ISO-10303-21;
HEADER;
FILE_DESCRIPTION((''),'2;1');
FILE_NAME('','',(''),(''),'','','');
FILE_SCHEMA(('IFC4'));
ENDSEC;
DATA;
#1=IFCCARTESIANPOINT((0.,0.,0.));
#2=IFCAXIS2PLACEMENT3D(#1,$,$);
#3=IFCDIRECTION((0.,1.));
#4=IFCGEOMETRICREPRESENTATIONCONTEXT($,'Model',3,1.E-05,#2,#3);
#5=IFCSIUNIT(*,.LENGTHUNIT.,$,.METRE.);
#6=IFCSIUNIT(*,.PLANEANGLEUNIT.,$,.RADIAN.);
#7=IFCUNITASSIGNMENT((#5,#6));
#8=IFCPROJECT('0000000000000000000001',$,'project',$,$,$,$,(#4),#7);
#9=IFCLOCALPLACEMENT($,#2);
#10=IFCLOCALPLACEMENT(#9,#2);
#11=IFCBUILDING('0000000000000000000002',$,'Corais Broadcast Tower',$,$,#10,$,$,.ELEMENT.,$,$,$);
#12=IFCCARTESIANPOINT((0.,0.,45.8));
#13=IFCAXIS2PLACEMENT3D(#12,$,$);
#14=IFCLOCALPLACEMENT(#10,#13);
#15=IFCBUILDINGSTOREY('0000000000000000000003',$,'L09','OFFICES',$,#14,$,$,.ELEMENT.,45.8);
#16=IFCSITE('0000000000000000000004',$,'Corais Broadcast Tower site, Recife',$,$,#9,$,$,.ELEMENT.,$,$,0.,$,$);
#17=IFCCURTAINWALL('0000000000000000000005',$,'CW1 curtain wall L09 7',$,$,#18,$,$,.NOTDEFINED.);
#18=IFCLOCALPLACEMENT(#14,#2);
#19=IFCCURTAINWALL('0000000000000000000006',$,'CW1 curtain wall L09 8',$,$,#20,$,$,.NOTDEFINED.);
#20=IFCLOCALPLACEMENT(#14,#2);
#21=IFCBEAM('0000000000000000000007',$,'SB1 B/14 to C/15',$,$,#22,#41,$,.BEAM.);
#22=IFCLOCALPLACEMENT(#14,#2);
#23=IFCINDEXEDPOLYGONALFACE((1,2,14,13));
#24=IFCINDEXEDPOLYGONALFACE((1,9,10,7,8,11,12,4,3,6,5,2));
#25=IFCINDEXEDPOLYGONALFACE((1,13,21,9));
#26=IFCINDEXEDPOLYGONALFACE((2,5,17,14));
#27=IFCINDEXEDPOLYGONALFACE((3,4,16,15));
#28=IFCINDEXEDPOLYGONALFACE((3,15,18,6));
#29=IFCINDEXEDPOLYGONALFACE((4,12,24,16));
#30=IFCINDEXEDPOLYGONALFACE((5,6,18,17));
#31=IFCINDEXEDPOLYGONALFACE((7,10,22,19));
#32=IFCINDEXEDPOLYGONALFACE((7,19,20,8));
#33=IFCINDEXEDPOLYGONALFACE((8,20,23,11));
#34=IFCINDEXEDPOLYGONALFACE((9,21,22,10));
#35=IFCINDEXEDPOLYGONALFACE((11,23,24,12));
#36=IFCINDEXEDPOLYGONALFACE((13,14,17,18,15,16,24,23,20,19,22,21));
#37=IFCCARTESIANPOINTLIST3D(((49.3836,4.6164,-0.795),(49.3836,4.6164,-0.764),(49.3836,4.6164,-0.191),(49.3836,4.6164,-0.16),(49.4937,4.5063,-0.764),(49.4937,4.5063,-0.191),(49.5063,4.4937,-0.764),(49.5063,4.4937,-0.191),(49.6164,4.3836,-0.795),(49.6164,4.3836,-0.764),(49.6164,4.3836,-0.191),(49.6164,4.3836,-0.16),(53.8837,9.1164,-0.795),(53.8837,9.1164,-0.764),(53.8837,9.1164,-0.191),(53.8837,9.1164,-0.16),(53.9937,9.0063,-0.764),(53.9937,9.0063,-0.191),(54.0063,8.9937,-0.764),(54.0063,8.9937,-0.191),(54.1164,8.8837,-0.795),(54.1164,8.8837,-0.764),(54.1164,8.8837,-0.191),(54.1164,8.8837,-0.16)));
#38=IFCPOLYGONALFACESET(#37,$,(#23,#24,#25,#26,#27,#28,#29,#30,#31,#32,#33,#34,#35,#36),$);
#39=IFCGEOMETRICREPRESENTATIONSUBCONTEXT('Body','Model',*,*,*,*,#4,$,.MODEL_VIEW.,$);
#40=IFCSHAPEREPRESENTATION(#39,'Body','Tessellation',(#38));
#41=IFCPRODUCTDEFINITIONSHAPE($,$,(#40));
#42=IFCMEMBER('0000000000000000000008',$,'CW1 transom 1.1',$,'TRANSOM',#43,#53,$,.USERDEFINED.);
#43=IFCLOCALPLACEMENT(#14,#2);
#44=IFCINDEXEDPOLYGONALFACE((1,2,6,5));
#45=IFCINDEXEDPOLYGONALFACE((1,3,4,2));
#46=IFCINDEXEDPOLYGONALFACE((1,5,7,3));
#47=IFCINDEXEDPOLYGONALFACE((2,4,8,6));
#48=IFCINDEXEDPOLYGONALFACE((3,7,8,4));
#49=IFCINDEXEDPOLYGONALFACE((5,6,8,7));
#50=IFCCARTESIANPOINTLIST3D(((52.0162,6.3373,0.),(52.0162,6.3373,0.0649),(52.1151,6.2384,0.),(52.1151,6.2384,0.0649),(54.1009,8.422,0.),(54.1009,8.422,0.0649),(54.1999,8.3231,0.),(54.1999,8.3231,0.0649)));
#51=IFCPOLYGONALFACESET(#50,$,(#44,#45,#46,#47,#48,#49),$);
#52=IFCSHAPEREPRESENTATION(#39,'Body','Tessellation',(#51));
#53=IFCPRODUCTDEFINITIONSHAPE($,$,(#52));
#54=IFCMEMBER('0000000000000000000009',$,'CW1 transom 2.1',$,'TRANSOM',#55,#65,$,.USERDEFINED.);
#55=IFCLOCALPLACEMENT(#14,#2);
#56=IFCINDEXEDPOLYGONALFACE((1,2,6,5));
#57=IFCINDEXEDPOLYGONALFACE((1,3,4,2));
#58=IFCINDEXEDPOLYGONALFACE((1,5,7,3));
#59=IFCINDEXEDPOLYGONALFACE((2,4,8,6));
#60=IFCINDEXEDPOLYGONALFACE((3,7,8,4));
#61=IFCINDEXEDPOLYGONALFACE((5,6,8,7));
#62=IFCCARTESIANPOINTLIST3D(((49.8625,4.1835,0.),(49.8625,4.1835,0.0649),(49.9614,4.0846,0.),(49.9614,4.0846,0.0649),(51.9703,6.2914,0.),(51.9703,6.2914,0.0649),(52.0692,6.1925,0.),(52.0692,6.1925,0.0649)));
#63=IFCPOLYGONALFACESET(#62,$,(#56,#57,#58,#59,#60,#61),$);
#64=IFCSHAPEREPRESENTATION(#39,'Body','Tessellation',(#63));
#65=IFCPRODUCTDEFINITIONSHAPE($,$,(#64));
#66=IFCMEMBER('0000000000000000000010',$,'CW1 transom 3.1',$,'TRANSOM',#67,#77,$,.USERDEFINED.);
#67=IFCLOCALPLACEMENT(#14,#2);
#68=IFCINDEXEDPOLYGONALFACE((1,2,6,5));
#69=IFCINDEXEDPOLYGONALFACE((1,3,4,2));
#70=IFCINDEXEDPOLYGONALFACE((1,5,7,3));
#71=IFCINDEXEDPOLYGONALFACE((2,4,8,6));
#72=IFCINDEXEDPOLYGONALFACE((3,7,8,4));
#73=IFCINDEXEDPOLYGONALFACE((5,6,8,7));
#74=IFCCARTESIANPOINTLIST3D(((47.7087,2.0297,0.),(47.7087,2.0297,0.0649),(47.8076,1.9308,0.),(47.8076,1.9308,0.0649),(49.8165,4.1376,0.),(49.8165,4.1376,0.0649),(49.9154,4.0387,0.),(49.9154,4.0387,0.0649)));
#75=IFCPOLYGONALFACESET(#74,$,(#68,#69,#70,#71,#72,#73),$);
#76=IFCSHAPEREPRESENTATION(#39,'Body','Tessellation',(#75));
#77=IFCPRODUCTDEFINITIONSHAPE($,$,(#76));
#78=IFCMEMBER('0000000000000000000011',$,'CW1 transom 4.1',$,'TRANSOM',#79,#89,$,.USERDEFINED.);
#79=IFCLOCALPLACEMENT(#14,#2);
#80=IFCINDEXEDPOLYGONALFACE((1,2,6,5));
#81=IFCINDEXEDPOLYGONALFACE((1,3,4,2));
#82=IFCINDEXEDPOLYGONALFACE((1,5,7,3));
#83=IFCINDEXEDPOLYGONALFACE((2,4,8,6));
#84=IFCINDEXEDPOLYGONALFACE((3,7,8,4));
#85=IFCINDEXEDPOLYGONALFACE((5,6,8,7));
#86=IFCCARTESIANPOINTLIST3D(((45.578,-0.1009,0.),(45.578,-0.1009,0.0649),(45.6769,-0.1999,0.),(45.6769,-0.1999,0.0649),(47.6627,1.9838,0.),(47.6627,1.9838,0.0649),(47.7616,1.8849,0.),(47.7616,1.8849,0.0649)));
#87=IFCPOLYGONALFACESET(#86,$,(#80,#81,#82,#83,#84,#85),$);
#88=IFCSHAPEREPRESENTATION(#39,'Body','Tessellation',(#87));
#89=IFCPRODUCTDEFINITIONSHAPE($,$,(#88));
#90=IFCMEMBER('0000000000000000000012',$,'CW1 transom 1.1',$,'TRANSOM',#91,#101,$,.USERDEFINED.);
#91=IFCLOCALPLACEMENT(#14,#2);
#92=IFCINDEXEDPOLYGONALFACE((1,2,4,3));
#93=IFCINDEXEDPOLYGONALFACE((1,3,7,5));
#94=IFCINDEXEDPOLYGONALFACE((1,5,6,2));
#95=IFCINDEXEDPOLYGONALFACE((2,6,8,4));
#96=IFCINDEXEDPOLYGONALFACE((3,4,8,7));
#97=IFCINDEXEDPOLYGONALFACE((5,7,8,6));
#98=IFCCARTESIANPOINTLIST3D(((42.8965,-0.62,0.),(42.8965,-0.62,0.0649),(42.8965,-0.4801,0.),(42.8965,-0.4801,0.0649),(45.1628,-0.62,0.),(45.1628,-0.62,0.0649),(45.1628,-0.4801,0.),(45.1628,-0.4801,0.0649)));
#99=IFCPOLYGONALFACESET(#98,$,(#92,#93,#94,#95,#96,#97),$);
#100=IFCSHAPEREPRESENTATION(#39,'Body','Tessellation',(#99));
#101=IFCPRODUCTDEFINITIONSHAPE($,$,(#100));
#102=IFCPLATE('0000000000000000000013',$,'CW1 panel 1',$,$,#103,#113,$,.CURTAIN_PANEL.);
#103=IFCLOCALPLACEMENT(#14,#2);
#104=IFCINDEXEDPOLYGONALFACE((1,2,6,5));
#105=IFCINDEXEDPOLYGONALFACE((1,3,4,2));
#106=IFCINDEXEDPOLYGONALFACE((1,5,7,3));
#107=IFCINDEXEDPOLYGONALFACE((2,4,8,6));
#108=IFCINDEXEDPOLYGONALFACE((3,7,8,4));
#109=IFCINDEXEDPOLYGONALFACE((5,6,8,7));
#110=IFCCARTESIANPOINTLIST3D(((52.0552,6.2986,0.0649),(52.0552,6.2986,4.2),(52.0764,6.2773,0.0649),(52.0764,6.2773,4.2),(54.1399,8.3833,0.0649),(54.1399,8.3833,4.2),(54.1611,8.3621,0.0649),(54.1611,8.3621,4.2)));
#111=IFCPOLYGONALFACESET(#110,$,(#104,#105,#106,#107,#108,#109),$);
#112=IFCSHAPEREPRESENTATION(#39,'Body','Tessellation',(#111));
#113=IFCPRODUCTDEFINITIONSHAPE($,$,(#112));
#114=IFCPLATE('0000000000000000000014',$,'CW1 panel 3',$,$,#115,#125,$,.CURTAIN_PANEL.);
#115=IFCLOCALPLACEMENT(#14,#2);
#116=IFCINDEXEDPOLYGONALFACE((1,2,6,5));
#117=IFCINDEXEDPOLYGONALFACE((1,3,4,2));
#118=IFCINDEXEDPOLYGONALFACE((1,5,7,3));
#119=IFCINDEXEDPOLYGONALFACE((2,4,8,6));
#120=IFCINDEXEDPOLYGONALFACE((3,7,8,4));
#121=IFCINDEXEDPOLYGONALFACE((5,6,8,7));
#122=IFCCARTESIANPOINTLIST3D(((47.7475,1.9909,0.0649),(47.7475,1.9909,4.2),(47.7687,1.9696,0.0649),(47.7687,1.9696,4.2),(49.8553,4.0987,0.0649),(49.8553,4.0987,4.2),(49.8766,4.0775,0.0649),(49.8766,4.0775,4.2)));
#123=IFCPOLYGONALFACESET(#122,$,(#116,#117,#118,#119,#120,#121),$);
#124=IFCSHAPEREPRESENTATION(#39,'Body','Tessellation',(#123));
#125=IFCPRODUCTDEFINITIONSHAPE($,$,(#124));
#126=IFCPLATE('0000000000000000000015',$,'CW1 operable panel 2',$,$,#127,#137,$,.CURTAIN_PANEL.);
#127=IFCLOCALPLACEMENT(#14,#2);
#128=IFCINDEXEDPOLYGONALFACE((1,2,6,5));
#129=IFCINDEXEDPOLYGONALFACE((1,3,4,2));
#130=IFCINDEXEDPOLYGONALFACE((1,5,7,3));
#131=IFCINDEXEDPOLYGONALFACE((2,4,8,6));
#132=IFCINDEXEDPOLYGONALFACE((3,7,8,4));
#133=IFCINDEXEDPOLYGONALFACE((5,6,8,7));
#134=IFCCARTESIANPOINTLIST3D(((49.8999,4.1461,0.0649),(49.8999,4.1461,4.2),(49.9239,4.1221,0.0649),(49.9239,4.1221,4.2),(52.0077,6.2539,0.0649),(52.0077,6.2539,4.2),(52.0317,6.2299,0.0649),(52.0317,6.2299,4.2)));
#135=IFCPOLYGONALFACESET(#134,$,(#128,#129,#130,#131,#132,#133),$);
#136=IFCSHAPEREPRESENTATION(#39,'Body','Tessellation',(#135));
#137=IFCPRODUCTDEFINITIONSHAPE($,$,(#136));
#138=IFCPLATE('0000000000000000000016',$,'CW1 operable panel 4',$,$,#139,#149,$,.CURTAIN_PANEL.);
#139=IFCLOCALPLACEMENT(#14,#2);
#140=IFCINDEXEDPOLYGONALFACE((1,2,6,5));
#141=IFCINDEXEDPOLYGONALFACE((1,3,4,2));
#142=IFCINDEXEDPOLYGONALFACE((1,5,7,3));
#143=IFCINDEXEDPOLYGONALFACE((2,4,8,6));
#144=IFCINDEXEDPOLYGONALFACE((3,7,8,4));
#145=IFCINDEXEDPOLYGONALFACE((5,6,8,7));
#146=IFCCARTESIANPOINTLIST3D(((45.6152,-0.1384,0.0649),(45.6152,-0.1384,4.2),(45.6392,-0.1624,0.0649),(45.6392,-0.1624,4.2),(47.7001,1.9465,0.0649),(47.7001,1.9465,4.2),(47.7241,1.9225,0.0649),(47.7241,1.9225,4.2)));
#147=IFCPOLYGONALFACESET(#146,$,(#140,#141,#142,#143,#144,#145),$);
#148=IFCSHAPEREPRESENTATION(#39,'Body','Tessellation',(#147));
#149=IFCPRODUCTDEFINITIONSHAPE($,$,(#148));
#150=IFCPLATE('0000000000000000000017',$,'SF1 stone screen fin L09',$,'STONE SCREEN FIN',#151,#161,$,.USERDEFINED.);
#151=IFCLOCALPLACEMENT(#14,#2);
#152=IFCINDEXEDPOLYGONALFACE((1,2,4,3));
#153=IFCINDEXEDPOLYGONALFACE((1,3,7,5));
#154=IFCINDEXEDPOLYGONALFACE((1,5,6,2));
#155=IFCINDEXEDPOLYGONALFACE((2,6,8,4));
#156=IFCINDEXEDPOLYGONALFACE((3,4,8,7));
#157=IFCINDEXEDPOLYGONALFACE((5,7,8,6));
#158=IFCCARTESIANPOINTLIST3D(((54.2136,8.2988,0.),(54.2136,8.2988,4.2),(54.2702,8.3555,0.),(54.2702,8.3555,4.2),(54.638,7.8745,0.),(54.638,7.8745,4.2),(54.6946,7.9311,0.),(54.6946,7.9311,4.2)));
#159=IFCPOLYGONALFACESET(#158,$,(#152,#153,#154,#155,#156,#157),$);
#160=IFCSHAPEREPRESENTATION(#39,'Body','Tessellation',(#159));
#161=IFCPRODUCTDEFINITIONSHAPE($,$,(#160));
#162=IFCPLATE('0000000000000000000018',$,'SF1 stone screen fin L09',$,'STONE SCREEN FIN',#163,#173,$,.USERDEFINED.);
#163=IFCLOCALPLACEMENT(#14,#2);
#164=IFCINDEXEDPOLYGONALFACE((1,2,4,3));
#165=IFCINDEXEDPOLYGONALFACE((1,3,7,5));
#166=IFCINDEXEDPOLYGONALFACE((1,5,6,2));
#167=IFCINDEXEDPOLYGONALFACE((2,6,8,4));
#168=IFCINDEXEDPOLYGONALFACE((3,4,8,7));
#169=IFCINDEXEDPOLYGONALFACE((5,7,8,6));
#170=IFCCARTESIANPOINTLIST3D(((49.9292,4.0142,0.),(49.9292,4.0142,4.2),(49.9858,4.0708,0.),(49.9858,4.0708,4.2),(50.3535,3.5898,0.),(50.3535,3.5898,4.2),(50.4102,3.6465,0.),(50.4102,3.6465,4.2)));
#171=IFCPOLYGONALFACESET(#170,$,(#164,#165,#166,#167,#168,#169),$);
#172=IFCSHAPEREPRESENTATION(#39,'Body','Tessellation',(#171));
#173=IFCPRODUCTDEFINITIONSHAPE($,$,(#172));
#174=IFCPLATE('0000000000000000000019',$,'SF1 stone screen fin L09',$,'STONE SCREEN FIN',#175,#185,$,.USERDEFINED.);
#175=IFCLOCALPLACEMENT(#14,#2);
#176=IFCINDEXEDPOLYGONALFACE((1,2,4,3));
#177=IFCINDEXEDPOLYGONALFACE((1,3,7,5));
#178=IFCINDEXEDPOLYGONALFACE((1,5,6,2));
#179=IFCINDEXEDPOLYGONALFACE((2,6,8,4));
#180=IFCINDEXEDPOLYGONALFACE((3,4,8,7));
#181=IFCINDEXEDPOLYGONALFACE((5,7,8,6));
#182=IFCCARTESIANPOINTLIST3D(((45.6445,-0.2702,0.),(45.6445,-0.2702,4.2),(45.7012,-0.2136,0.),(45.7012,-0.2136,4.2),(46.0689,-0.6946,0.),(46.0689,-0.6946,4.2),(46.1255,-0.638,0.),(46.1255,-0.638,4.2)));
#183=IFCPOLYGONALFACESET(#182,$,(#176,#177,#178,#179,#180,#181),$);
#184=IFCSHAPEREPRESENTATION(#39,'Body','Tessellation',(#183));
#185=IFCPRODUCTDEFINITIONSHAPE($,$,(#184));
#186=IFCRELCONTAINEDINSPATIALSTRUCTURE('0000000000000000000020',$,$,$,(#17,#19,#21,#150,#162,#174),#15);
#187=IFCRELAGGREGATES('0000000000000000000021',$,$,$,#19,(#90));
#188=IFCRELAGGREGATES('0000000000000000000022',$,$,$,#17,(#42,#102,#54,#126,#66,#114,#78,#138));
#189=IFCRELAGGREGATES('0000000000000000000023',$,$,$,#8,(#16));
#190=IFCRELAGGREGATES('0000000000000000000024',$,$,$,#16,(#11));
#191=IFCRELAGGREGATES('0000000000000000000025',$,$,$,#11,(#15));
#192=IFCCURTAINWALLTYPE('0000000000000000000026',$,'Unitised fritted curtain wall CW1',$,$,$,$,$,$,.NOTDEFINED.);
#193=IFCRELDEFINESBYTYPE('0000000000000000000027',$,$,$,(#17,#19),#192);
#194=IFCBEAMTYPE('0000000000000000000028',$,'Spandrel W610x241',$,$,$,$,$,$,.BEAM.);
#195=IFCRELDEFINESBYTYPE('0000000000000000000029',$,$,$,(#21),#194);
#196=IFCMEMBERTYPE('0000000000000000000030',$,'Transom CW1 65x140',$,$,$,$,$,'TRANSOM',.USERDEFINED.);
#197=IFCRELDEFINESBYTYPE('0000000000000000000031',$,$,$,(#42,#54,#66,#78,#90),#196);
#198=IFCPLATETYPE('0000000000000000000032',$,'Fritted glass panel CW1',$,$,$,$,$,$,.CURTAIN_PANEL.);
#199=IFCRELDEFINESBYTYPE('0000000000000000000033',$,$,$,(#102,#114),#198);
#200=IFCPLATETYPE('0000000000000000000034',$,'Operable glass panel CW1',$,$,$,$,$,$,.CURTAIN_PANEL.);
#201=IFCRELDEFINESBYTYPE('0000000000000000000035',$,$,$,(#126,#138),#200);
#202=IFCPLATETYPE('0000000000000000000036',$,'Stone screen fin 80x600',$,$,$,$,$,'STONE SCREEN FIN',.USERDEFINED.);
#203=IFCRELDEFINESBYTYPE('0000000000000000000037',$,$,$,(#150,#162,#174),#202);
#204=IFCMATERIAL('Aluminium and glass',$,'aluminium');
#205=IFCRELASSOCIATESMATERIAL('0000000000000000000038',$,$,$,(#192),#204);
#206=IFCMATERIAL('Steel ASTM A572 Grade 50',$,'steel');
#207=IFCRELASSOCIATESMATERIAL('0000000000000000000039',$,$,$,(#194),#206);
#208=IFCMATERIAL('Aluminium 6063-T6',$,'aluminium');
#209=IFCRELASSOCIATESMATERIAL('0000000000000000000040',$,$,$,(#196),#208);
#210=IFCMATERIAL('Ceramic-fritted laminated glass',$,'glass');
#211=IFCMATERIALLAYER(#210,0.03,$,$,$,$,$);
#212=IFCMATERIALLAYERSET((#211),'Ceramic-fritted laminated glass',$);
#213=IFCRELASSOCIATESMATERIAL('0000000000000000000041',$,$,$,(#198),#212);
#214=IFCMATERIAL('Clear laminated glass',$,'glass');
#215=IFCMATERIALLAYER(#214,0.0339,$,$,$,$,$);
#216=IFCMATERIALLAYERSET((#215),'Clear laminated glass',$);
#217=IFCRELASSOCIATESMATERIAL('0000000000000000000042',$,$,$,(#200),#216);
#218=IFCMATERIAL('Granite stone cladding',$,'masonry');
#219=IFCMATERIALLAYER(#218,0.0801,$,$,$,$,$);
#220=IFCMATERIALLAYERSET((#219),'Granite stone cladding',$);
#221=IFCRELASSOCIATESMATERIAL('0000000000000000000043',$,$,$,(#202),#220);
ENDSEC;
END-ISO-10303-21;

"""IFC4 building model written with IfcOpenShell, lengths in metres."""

from ifc_helpers import new_model, si_unit, direction, frame, origin, origin_2d, place, context, subcontext, project, spatial, rectangle, i_section, extrude, material, layer, layer_set, material_profile, profile_set, type_object, element, aggregate, save


model = new_model("IFC4")

# Units and contexts
model_context = context("Model", 3, precision=1e-05, world=origin(), true_north=direction((0.0, 1.0)))
body_context = subcontext(model_context, "Body", "Model", "MODEL_VIEW")
ifc_project = project(units=[si_unit("LENGTHUNIT", "METRE"), si_unit("PLANEANGLEUNIT", "RADIAN")], contexts=[model_context])

# Site, building, storey
site_placement = place(None, origin())
site = spatial("IfcSite", under=ifc_project, at=site_placement, Name="Corais Broadcast Tower site, Recife", CompositionType="ELEMENT", RefElevation=0.0)
building_placement = place(site_placement, origin())
building = spatial("IfcBuilding", under=site, at=building_placement, Name="Corais Broadcast Tower", CompositionType="ELEMENT")
storey_placement = place(building_placement, frame((0.0, 0.0, 45.8)))
storey = spatial("IfcBuildingStorey", under=building, at=storey_placement, Name="L09", Description="OFFICES", CompositionType="ELEMENT", Elevation=45.8)

# Shared definitions
ifc_material_1 = material(Name="Aluminium and glass", Category="aluminium")
curtain_wall_type = type_object("IfcCurtainWallType", Name="Unitised fritted curtain wall CW1", PredefinedType="NOTDEFINED", material=ifc_material_1)

# Curtain wall
curtain_wall_1_placement = place(storey_placement, origin())
curtain_wall_1 = element("IfcCurtainWall", 1, at=curtain_wall_1_placement, inside=storey, type_object=curtain_wall_type, Name="CW1 curtain wall L09 7", PredefinedType="NOTDEFINED")

# Curtain wall
curtain_wall_2_placement = place(storey_placement, origin())
curtain_wall_2 = element("IfcCurtainWall", 2, at=curtain_wall_2_placement, inside=storey, type_object=curtain_wall_type, Name="CW1 curtain wall L09 8", PredefinedType="NOTDEFINED")

# Beam
ifc_material_2 = material(Name="Steel ASTM A572 Grade 50", Category="steel")
ifc_material_profile_1 = material_profile(ifc_material_2, i_section(OverallWidth=0.3291, OverallDepth=0.635, WebThickness=0.0178, FlangeThickness=0.031, at=origin_2d()), Name="W610x241")
ifc_profile_set_1 = profile_set([ifc_material_profile_1], Name="Steel ASTM A572 Grade 50")
beam_type_1 = type_object("IfcBeamType", Name="Spandrel W610x241", PredefinedType="BEAM", material=ifc_profile_set_1)
for number, where, z_axis, x_axis, name in (
    (3, (49.5, 4.5, -0.4775), (0.707107, 0.707107, 0.0), (-0.707107, 0.707107, 0.0), "SB1 B/14 to C/15"),
):
    element("IfcBeam", number, at=place(storey_placement, frame(where, z_axis=z_axis, x_axis=x_axis)), inside=storey, type_object=beam_type_1, Name=name, PredefinedType="BEAM", context=body_context, shape_type="SweptSolid", body=[
        extrude(i_section(OverallWidth=0.3291, OverallDepth=0.635, WebThickness=0.0178, FlangeThickness=0.031, at=origin_2d()), origin(), (0.0, 0.0, 1.0), 6.364),
    ])

# Members
ifc_material_3 = material(Name="Aluminium 6063-T6", Category="aluminium")
ifc_material_profile_2 = material_profile(ifc_material_3, rectangle(XDim=0.1399, YDim=0.0649, at=origin_2d()), Name="Transom CW1 65x140")
ifc_profile_set_2 = profile_set([ifc_material_profile_2], Name="Aluminium 6063-T6")
member_type_1 = type_object("IfcMemberType", Name="Transom CW1 65x140", ElementType="TRANSOM", PredefinedType="USERDEFINED", material=ifc_profile_set_2)
member_1_placement = place(storey_placement, frame((54.1504, 8.3726, 0.0325), z_axis=(-0.707107, -0.707107, 0.0), x_axis=(0.707107, -0.707107, 0.0)))
member_1 = element("IfcMember", 4, at=member_1_placement, type_object=member_type_1, Name="CW1 transom 1.1", ObjectType="TRANSOM", PredefinedType="USERDEFINED", context=body_context, shape_type="SweptSolid", body=[
    extrude(rectangle(XDim=0.1399, YDim=0.0649, at=origin_2d()), origin(), (0.0, 0.0, 1.0), 2.9482),
])
member_2_placement = place(storey_placement, frame((52.0198, 6.2419, 0.0325), z_axis=(-0.707107, -0.707107, 0.0), x_axis=(0.707107, -0.707107, 0.0)))
member_2 = element("IfcMember", 5, at=member_2_placement, type_object=member_type_1, Name="CW1 transom 2.1", ObjectType="TRANSOM", PredefinedType="USERDEFINED", context=body_context, shape_type="SweptSolid", body=[
    extrude(rectangle(XDim=0.1399, YDim=0.0649, at=origin_2d()), origin(), (0.0, 0.0, 1.0), 2.981),
])
member_3_placement = place(storey_placement, frame((49.866, 4.0881, 0.0325), z_axis=(-0.707107, -0.707107, 0.0), x_axis=(0.707107, -0.707107, 0.0)))
member_3 = element("IfcMember", 6, at=member_3_placement, type_object=member_type_1, Name="CW1 transom 3.1", ObjectType="TRANSOM", PredefinedType="USERDEFINED", context=body_context, shape_type="SweptSolid", body=[
    extrude(rectangle(XDim=0.1399, YDim=0.0649, at=origin_2d()), origin(), (0.0, 0.0, 1.0), 2.981),
])
member_4_placement = place(storey_placement, frame((47.7122, 1.9343, 0.0325), z_axis=(-0.707107, -0.707107, 0.0), x_axis=(0.707107, -0.707107, 0.0)))
member_4 = element("IfcMember", 7, at=member_4_placement, type_object=member_type_1, Name="CW1 transom 4.1", ObjectType="TRANSOM", PredefinedType="USERDEFINED", context=body_context, shape_type="SweptSolid", body=[
    extrude(rectangle(XDim=0.1399, YDim=0.0649, at=origin_2d()), origin(), (0.0, 0.0, 1.0), 2.9482),
])
member_5_placement = place(storey_placement, frame((45.1628, -0.55, 0.0325), z_axis=(-1.0, 0.0, 0.0), x_axis=(0.0, -1.0, 0.0)))
member_5 = element("IfcMember", 8, at=member_5_placement, type_object=member_type_1, Name="CW1 transom 1.1", ObjectType="TRANSOM", PredefinedType="USERDEFINED", context=body_context, shape_type="SweptSolid", body=[
    extrude(rectangle(XDim=0.1399, YDim=0.0649, at=origin_2d()), origin(), (0.0, 0.0, 1.0), 2.2664),
])
aggregate(curtain_wall_2, [member_5])

# Plates
ifc_material_4 = material(Name="Ceramic-fritted laminated glass", Category="glass")
ifc_layer_1 = layer(ifc_material_4, 0.03)
ifc_layer_set_1 = layer_set([ifc_layer_1], Name="Ceramic-fritted laminated glass")
plate_type_1 = type_object("IfcPlateType", Name="Fritted glass panel CW1", PredefinedType="CURTAIN_PANEL", material=ifc_layer_set_1)
plate_1_placement = place(storey_placement, frame((53.1082, 7.3303, 0.0649), z_axis=(0.0, 0.0, 1.0), x_axis=(-0.707107, -0.707107, 0.0)))
plate_1 = element("IfcPlate", 9, at=plate_1_placement, type_object=plate_type_1, Name="CW1 panel 1", PredefinedType="CURTAIN_PANEL", context=body_context, shape_type="SweptSolid", body=[
    extrude(rectangle(XDim=2.9482, YDim=0.03, at=origin_2d()), origin(), (0.0, 0.0, 1.0), 4.135),
])
plate_2_placement = place(storey_placement, frame((48.812, 3.0342, 0.0649), z_axis=(0.0, 0.0, 1.0), x_axis=(-0.707107, -0.707107, 0.0)))
plate_2 = element("IfcPlate", 10, at=plate_2_placement, type_object=plate_type_1, Name="CW1 panel 3", PredefinedType="CURTAIN_PANEL", context=body_context, shape_type="SweptSolid", body=[
    extrude(rectangle(XDim=2.981, YDim=0.03, at=origin_2d()), origin(), (0.0, 0.0, 1.0), 4.135),
])
ifc_material_5 = material(Name="Clear laminated glass", Category="glass")
ifc_layer_2 = layer(ifc_material_5, 0.0339)
ifc_layer_set_2 = layer_set([ifc_layer_2], Name="Clear laminated glass")
plate_type_2 = type_object("IfcPlateType", Name="Operable glass panel CW1", PredefinedType="CURTAIN_PANEL", material=ifc_layer_set_2)
plate_3_placement = place(storey_placement, frame((50.9658, 5.188, 0.0649), z_axis=(0.0, 0.0, 1.0), x_axis=(-0.707107, -0.707107, 0.0)))
plate_3 = element("IfcPlate", 11, at=plate_3_placement, type_object=plate_type_2, Name="CW1 operable panel 2", PredefinedType="CURTAIN_PANEL", context=body_context, shape_type="SweptSolid", body=[
    extrude(rectangle(XDim=2.981, YDim=0.0339, at=origin_2d()), origin(), (0.0, 0.0, 1.0), 4.135),
])
plate_4_placement = place(storey_placement, frame((46.6697, 0.8921, 0.0649), z_axis=(0.0, 0.0, 1.0), x_axis=(-0.707107, -0.707107, 0.0)))
plate_4 = element("IfcPlate", 12, at=plate_4_placement, type_object=plate_type_2, Name="CW1 operable panel 4", PredefinedType="CURTAIN_PANEL", context=body_context, shape_type="SweptSolid", body=[
    extrude(rectangle(XDim=2.9485, YDim=0.0339, at=origin_2d()), origin(), (0.0, 0.0, 1.0), 4.135),
])
aggregate(curtain_wall_1, [member_1, plate_1, member_2, plate_3, member_3, plate_2, member_4, plate_4])

# Plates
ifc_material_6 = material(Name="Granite stone cladding", Category="masonry")
ifc_layer_3 = layer(ifc_material_6, 0.0801)
ifc_layer_set_3 = layer_set([ifc_layer_3], Name="Granite stone cladding")
plate_type_3 = type_object("IfcPlateType", Name="Stone screen fin 80x600", ElementType="STONE SCREEN FIN", PredefinedType="USERDEFINED", material=ifc_layer_set_3)
for number, where, z_axis, x_axis, name in (
    (13, (54.4541, 8.115, 0.0), (0.0, 0.0, 1.0), (-0.707107, -0.707107, 0.0), "SF1 stone screen fin L09"),
    (14, (50.1697, 3.8303, 0.0), (0.0, 0.0, 1.0), (-0.707107, -0.707107, 0.0), "SF1 stone screen fin L09"),
    (15, (45.885, -0.4541, 0.0), (0.0, 0.0, 1.0), (-0.707107, -0.707107, 0.0), "SF1 stone screen fin L09"),
):
    element("IfcPlate", number, at=place(storey_placement, frame(where, z_axis=z_axis, x_axis=x_axis)), inside=storey, type_object=plate_type_3, Name=name, ObjectType="STONE SCREEN FIN", PredefinedType="USERDEFINED", context=body_context, shape_type="SweptSolid", body=[
        extrude(rectangle(XDim=0.0801, YDim=0.6001, at=origin_2d()), origin(), (0.0, 0.0, 1.0), 4.2),
    ])

save(model, "model.ifc")
